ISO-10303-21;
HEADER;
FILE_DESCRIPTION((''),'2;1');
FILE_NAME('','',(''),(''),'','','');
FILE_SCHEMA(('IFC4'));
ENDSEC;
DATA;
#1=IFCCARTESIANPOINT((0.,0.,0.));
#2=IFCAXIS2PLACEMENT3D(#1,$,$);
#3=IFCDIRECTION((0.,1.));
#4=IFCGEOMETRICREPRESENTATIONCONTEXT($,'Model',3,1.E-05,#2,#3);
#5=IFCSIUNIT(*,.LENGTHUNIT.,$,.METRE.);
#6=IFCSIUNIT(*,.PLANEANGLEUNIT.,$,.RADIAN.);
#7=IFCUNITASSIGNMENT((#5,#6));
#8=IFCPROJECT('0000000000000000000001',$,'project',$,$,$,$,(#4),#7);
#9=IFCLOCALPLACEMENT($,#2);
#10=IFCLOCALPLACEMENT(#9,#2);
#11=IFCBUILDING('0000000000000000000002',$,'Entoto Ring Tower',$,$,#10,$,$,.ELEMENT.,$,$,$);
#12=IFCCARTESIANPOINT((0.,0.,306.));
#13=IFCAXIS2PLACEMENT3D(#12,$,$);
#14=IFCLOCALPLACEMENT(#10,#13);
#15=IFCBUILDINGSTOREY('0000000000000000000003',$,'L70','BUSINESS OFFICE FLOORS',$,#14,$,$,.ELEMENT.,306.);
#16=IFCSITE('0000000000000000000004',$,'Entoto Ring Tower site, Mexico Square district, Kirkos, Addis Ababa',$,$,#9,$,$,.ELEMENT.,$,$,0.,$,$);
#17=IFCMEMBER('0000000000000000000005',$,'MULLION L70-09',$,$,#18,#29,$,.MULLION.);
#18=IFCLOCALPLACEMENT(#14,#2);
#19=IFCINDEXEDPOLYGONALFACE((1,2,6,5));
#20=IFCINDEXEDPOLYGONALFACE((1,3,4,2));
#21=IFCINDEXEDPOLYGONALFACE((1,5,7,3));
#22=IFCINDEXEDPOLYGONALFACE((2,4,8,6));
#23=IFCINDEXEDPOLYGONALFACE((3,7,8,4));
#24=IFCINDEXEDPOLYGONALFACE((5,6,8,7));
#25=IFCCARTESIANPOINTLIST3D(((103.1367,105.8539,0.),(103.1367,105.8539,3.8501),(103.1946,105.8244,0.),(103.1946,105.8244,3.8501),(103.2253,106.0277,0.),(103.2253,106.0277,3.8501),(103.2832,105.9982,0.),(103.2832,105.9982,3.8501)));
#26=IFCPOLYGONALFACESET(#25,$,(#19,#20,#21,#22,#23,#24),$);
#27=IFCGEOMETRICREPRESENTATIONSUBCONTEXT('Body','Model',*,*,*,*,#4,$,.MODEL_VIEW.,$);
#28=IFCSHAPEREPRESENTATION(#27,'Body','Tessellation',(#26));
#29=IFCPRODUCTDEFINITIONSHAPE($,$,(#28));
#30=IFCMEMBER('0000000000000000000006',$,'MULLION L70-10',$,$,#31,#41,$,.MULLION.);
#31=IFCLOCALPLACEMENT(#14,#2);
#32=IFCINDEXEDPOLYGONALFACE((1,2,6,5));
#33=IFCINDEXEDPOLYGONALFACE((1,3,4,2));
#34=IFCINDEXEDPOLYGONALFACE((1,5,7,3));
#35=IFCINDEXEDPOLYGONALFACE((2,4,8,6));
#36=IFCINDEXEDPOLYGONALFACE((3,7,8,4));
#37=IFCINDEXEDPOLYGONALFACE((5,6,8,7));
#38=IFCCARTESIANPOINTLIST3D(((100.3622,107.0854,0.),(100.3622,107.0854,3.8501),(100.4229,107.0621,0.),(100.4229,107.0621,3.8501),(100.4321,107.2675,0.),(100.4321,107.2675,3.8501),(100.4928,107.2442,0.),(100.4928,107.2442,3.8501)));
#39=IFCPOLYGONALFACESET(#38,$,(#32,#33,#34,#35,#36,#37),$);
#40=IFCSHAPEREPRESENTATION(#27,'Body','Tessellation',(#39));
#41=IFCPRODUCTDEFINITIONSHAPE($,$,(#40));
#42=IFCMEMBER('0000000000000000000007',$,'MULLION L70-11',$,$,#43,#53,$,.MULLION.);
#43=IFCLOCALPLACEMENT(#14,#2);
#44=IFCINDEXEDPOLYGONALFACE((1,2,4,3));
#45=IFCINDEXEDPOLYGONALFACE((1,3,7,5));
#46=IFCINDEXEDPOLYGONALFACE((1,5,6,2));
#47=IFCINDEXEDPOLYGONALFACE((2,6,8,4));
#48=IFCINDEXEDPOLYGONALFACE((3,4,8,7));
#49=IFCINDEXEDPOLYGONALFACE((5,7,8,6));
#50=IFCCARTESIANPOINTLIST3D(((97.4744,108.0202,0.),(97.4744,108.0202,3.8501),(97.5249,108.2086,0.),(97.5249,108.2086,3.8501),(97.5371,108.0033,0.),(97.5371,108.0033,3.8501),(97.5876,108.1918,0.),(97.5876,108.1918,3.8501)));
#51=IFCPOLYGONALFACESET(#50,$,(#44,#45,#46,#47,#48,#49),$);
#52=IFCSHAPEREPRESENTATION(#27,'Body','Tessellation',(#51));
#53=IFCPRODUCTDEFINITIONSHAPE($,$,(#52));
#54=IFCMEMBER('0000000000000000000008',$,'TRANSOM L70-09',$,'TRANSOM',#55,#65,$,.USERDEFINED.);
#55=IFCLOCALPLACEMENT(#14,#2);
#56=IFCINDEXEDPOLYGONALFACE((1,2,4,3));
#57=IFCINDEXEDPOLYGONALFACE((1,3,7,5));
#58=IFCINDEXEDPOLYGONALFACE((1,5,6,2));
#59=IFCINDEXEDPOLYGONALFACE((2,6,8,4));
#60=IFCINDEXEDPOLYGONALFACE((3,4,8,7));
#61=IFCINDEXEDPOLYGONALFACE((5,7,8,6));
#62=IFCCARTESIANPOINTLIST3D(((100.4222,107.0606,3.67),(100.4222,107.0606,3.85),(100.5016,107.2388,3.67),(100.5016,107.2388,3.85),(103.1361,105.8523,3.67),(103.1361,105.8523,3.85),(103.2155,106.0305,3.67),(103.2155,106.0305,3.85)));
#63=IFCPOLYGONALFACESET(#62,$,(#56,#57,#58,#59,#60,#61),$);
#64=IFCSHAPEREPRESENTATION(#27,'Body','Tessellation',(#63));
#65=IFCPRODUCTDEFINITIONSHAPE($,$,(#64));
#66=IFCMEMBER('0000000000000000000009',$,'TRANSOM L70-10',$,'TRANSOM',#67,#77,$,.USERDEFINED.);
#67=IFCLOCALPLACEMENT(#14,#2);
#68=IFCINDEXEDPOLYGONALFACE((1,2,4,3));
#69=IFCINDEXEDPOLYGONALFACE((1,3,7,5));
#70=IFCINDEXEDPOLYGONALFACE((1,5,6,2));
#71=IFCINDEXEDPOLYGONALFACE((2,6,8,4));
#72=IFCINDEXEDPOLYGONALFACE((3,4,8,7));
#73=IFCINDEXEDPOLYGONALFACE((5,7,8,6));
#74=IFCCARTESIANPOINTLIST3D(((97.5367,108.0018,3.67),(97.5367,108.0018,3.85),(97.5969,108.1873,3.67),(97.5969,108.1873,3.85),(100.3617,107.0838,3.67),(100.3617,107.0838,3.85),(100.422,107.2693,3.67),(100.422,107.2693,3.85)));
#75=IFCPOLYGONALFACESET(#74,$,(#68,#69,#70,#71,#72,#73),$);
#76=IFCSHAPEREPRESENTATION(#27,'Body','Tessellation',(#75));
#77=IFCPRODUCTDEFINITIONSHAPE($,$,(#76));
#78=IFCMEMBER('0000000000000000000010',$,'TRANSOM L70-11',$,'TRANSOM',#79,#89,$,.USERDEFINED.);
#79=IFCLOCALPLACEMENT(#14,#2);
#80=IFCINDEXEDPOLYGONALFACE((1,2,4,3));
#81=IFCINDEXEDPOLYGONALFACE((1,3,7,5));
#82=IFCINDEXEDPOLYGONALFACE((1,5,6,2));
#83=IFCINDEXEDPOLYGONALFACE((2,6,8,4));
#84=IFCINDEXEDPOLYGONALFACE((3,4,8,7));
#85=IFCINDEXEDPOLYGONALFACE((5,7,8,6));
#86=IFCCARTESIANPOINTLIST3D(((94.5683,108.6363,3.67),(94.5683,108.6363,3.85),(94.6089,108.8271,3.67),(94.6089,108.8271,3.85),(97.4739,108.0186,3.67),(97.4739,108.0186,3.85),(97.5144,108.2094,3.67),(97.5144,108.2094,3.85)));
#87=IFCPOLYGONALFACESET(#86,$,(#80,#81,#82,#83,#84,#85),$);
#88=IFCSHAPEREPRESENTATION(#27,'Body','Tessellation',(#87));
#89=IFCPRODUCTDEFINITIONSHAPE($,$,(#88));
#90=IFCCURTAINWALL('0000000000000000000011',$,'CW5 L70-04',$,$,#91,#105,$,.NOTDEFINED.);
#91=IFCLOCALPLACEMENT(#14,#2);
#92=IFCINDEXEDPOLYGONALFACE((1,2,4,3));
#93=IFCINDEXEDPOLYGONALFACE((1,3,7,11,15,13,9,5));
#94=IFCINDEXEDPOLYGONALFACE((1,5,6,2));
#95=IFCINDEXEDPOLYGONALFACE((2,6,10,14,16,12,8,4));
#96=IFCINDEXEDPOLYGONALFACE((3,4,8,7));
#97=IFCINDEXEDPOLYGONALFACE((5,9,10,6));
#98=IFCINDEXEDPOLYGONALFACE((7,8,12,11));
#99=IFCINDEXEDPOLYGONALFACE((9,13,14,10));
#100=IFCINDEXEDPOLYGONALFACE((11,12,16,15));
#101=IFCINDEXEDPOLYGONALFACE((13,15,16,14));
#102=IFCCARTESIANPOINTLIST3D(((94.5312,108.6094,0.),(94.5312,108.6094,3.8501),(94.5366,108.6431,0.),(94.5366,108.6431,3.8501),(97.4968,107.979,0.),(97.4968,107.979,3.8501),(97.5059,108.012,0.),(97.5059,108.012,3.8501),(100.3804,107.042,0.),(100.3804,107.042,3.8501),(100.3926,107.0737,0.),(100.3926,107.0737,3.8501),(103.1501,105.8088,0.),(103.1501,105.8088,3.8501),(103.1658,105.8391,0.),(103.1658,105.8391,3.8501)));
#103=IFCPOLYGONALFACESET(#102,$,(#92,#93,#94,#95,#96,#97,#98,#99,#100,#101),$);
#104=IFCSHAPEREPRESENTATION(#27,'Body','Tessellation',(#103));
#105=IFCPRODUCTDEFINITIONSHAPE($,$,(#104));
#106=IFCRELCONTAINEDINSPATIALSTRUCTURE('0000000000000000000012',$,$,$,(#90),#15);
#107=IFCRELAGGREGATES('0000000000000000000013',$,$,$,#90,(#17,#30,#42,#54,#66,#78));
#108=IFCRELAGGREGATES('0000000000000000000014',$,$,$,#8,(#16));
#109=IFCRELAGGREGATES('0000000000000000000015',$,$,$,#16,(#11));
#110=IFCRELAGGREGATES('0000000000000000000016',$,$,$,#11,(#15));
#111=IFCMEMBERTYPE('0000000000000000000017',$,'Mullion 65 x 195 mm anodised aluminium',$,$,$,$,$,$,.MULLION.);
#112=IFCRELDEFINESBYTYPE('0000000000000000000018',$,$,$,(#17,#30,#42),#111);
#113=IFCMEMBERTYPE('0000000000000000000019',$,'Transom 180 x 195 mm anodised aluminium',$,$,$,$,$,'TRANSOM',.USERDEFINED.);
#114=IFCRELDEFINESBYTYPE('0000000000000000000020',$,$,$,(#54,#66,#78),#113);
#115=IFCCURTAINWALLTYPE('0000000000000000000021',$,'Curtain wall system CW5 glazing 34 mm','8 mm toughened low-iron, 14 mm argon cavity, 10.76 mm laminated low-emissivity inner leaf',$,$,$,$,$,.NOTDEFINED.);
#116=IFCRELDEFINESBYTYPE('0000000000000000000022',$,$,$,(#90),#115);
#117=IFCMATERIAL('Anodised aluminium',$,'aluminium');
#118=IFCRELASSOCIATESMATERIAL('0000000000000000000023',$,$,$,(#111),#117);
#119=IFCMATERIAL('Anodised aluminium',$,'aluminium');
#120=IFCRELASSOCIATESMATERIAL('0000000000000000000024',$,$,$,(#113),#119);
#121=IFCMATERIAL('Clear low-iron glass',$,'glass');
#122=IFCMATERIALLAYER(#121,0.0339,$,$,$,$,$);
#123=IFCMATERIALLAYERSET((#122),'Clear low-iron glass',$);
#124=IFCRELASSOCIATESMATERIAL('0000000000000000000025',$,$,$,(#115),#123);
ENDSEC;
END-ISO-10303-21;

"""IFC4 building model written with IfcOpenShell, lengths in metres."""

from ifc_helpers import new_model, si_unit, direction, frame, origin, origin_2d, place, context, subcontext, project, spatial, polyline, rectangle, outline, extrude, material, layer, layer_set, material_profile, profile_set, type_object, element, aggregate, save


model = new_model("IFC4")

# Units and contexts
model_context = context("Model", 3, precision=1e-05, world=origin(), true_north=direction((0.0, 1.0)))
body_context = subcontext(model_context, "Body", "Model", "MODEL_VIEW")
ifc_project = project(units=[si_unit("LENGTHUNIT", "METRE"), si_unit("PLANEANGLEUNIT", "RADIAN")], contexts=[model_context])

# Members
ifc_material_1 = material(Name="Anodised aluminium", Category="aluminium")
ifc_material_profile_1 = material_profile(ifc_material_1, rectangle(XDim=0.0649, YDim=0.1951, at=origin_2d()), Name="Mullion 65 x 195 mm anodised aluminium")
ifc_profile_set_1 = profile_set([ifc_material_profile_1], Name="Anodised aluminium")
member_type_1 = type_object("IfcMemberType", Name="Mullion 65 x 195 mm anodised aluminium", PredefinedType="MULLION", material=ifc_profile_set_1)
site_placement = place(None, origin())
building_placement = place(site_placement, origin())
storey_placement = place(building_placement, frame((0.0, 0.0, 306.0)))
member_1_placement = place(storey_placement, frame((103.21, 105.926, 0.0), z_axis=(0.0, 0.0, 1.0), x_axis=(-0.891007, 0.45399, 0.0)))
member_1 = element("IfcMember", 1, at=member_1_placement, type_object=member_type_1, Name="MULLION L70-09", PredefinedType="MULLION", context=body_context, shape_type="SweptSolid", body=[
    extrude(rectangle(XDim=0.0649, YDim=0.1951, at=origin_2d()), origin(), (0.0, 0.0, 1.0), 3.8501),
])
member_2_placement = place(storey_placement, frame((100.4275, 107.1648, 0.0), z_axis=(0.0, 0.0, 1.0), x_axis=(-0.93358, 0.358368, 0.0)))
member_2 = element("IfcMember", 2, at=member_2_placement, type_object=member_type_1, Name="MULLION L70-10", PredefinedType="MULLION", context=body_context, shape_type="SweptSolid", body=[
    extrude(rectangle(XDim=0.0649, YDim=0.1951, at=origin_2d()), origin(), (0.0, 0.0, 1.0), 3.8501),
])
member_3_placement = place(storey_placement, frame((97.531, 108.106, 0.0), z_axis=(0.0, 0.0, 1.0), x_axis=(-0.965926, 0.258819, 0.0)))
member_3 = element("IfcMember", 3, at=member_3_placement, type_object=member_type_1, Name="MULLION L70-11", PredefinedType="MULLION", context=body_context, shape_type="SweptSolid", body=[
    extrude(rectangle(XDim=0.0649, YDim=0.1951, at=origin_2d()), origin(), (0.0, 0.0, 1.0), 3.8501),
])
ifc_material_2 = material(Name="Anodised aluminium", Category="aluminium")
ifc_material_profile_2 = material_profile(ifc_material_2, rectangle(XDim=0.1951, YDim=0.1799, at=origin_2d()), Name="Transom 180 x 195 mm anodised aluminium")
ifc_profile_set_2 = profile_set([ifc_material_profile_2], Name="Anodised aluminium")
member_type_2 = type_object("IfcMemberType", Name="Transom 180 x 195 mm anodised aluminium", ElementType="TRANSOM", PredefinedType="USERDEFINED", material=ifc_profile_set_2)
member_4_placement = place(storey_placement, frame((103.1758, 105.9414, 3.76), z_axis=(-0.91355, 0.406726, 0.0), x_axis=(-0.406726, -0.91355, 0.0)))
member_4 = element("IfcMember", 4, at=member_4_placement, type_object=member_type_2, Name="TRANSOM L70-09", ObjectType="TRANSOM", PredefinedType="USERDEFINED", context=body_context, shape_type="SweptSolid", body=[
    extrude(rectangle(XDim=0.1951, YDim=0.1799, at=origin_2d()), origin(), (0.0, 0.0, 1.0), 2.9707),
])
member_5_placement = place(storey_placement, frame((100.3918, 107.1765, 3.76), z_axis=(-0.951048, 0.309043, 0.0), x_axis=(-0.309043, -0.951048, 0.0)))
member_5 = element("IfcMember", 5, at=member_5_placement, type_object=member_type_2, Name="TRANSOM L70-10", ObjectType="TRANSOM", PredefinedType="USERDEFINED", context=body_context, shape_type="SweptSolid", body=[
    extrude(rectangle(XDim=0.1951, YDim=0.1799, at=origin_2d()), origin(), (0.0, 0.0, 1.0), 2.9705),
])
member_6_placement = place(storey_placement, frame((97.4941, 108.114, 3.76), z_axis=(-0.978142, 0.20794, 0.0), x_axis=(-0.20794, -0.978142, 0.0)))
member_6 = element("IfcMember", 6, at=member_6_placement, type_object=member_type_2, Name="TRANSOM L70-11", ObjectType="TRANSOM", PredefinedType="USERDEFINED", context=body_context, shape_type="SweptSolid", body=[
    extrude(rectangle(XDim=0.1951, YDim=0.1799, at=origin_2d()), origin(), (0.0, 0.0, 1.0), 2.9705),
])

# Site, building, storey
site = spatial("IfcSite", under=ifc_project, at=site_placement, Name="Entoto Ring Tower site, Mexico Square district, Kirkos, Addis Ababa", CompositionType="ELEMENT", RefElevation=0.0)
building = spatial("IfcBuilding", under=site, at=building_placement, Name="Entoto Ring Tower", CompositionType="ELEMENT")
storey = spatial("IfcBuildingStorey", under=building, at=storey_placement, Name="L70", Description="BUSINESS OFFICE FLOORS", CompositionType="ELEMENT", Elevation=306.0)

# Curtain wall
ifc_material_3 = material(Name="Clear low-iron glass", Category="glass")
ifc_layer = layer(ifc_material_3, 0.0339)
ifc_layer_set = layer_set([ifc_layer], Name="Clear low-iron glass")
curtain_wall_type = type_object("IfcCurtainWallType", Name="Curtain wall system CW5 glazing 34 mm", Description="8 mm toughened low-iron, 14 mm argon cavity, 10.76 mm laminated low-emissivity inner leaf", PredefinedType="NOTDEFINED", material=ifc_layer_set)
curtain_wall_1_placement = place(storey_placement, origin())
curtain_wall_1 = element("IfcCurtainWall", 7, at=curtain_wall_1_placement, inside=storey, type_object=curtain_wall_type, Name="CW5 L70-04", PredefinedType="NOTDEFINED", context=body_context, shape_type="SweptSolid", body=[
    extrude(outline(polyline([(103.1658, 105.8391), (100.3926, 107.0737), (97.5059, 108.012), (94.5366, 108.6431), (94.5312, 108.6094), (97.4968, 107.979), (100.3804, 107.042), (103.1501, 105.8088), (103.1658, 105.8391)])), origin(), (0.0, 0.0, 1.0), 3.8501),
])
aggregate(curtain_wall_1, [member_1, member_2, member_3, member_4, member_5, member_6])

save(model, "model.ifc")
